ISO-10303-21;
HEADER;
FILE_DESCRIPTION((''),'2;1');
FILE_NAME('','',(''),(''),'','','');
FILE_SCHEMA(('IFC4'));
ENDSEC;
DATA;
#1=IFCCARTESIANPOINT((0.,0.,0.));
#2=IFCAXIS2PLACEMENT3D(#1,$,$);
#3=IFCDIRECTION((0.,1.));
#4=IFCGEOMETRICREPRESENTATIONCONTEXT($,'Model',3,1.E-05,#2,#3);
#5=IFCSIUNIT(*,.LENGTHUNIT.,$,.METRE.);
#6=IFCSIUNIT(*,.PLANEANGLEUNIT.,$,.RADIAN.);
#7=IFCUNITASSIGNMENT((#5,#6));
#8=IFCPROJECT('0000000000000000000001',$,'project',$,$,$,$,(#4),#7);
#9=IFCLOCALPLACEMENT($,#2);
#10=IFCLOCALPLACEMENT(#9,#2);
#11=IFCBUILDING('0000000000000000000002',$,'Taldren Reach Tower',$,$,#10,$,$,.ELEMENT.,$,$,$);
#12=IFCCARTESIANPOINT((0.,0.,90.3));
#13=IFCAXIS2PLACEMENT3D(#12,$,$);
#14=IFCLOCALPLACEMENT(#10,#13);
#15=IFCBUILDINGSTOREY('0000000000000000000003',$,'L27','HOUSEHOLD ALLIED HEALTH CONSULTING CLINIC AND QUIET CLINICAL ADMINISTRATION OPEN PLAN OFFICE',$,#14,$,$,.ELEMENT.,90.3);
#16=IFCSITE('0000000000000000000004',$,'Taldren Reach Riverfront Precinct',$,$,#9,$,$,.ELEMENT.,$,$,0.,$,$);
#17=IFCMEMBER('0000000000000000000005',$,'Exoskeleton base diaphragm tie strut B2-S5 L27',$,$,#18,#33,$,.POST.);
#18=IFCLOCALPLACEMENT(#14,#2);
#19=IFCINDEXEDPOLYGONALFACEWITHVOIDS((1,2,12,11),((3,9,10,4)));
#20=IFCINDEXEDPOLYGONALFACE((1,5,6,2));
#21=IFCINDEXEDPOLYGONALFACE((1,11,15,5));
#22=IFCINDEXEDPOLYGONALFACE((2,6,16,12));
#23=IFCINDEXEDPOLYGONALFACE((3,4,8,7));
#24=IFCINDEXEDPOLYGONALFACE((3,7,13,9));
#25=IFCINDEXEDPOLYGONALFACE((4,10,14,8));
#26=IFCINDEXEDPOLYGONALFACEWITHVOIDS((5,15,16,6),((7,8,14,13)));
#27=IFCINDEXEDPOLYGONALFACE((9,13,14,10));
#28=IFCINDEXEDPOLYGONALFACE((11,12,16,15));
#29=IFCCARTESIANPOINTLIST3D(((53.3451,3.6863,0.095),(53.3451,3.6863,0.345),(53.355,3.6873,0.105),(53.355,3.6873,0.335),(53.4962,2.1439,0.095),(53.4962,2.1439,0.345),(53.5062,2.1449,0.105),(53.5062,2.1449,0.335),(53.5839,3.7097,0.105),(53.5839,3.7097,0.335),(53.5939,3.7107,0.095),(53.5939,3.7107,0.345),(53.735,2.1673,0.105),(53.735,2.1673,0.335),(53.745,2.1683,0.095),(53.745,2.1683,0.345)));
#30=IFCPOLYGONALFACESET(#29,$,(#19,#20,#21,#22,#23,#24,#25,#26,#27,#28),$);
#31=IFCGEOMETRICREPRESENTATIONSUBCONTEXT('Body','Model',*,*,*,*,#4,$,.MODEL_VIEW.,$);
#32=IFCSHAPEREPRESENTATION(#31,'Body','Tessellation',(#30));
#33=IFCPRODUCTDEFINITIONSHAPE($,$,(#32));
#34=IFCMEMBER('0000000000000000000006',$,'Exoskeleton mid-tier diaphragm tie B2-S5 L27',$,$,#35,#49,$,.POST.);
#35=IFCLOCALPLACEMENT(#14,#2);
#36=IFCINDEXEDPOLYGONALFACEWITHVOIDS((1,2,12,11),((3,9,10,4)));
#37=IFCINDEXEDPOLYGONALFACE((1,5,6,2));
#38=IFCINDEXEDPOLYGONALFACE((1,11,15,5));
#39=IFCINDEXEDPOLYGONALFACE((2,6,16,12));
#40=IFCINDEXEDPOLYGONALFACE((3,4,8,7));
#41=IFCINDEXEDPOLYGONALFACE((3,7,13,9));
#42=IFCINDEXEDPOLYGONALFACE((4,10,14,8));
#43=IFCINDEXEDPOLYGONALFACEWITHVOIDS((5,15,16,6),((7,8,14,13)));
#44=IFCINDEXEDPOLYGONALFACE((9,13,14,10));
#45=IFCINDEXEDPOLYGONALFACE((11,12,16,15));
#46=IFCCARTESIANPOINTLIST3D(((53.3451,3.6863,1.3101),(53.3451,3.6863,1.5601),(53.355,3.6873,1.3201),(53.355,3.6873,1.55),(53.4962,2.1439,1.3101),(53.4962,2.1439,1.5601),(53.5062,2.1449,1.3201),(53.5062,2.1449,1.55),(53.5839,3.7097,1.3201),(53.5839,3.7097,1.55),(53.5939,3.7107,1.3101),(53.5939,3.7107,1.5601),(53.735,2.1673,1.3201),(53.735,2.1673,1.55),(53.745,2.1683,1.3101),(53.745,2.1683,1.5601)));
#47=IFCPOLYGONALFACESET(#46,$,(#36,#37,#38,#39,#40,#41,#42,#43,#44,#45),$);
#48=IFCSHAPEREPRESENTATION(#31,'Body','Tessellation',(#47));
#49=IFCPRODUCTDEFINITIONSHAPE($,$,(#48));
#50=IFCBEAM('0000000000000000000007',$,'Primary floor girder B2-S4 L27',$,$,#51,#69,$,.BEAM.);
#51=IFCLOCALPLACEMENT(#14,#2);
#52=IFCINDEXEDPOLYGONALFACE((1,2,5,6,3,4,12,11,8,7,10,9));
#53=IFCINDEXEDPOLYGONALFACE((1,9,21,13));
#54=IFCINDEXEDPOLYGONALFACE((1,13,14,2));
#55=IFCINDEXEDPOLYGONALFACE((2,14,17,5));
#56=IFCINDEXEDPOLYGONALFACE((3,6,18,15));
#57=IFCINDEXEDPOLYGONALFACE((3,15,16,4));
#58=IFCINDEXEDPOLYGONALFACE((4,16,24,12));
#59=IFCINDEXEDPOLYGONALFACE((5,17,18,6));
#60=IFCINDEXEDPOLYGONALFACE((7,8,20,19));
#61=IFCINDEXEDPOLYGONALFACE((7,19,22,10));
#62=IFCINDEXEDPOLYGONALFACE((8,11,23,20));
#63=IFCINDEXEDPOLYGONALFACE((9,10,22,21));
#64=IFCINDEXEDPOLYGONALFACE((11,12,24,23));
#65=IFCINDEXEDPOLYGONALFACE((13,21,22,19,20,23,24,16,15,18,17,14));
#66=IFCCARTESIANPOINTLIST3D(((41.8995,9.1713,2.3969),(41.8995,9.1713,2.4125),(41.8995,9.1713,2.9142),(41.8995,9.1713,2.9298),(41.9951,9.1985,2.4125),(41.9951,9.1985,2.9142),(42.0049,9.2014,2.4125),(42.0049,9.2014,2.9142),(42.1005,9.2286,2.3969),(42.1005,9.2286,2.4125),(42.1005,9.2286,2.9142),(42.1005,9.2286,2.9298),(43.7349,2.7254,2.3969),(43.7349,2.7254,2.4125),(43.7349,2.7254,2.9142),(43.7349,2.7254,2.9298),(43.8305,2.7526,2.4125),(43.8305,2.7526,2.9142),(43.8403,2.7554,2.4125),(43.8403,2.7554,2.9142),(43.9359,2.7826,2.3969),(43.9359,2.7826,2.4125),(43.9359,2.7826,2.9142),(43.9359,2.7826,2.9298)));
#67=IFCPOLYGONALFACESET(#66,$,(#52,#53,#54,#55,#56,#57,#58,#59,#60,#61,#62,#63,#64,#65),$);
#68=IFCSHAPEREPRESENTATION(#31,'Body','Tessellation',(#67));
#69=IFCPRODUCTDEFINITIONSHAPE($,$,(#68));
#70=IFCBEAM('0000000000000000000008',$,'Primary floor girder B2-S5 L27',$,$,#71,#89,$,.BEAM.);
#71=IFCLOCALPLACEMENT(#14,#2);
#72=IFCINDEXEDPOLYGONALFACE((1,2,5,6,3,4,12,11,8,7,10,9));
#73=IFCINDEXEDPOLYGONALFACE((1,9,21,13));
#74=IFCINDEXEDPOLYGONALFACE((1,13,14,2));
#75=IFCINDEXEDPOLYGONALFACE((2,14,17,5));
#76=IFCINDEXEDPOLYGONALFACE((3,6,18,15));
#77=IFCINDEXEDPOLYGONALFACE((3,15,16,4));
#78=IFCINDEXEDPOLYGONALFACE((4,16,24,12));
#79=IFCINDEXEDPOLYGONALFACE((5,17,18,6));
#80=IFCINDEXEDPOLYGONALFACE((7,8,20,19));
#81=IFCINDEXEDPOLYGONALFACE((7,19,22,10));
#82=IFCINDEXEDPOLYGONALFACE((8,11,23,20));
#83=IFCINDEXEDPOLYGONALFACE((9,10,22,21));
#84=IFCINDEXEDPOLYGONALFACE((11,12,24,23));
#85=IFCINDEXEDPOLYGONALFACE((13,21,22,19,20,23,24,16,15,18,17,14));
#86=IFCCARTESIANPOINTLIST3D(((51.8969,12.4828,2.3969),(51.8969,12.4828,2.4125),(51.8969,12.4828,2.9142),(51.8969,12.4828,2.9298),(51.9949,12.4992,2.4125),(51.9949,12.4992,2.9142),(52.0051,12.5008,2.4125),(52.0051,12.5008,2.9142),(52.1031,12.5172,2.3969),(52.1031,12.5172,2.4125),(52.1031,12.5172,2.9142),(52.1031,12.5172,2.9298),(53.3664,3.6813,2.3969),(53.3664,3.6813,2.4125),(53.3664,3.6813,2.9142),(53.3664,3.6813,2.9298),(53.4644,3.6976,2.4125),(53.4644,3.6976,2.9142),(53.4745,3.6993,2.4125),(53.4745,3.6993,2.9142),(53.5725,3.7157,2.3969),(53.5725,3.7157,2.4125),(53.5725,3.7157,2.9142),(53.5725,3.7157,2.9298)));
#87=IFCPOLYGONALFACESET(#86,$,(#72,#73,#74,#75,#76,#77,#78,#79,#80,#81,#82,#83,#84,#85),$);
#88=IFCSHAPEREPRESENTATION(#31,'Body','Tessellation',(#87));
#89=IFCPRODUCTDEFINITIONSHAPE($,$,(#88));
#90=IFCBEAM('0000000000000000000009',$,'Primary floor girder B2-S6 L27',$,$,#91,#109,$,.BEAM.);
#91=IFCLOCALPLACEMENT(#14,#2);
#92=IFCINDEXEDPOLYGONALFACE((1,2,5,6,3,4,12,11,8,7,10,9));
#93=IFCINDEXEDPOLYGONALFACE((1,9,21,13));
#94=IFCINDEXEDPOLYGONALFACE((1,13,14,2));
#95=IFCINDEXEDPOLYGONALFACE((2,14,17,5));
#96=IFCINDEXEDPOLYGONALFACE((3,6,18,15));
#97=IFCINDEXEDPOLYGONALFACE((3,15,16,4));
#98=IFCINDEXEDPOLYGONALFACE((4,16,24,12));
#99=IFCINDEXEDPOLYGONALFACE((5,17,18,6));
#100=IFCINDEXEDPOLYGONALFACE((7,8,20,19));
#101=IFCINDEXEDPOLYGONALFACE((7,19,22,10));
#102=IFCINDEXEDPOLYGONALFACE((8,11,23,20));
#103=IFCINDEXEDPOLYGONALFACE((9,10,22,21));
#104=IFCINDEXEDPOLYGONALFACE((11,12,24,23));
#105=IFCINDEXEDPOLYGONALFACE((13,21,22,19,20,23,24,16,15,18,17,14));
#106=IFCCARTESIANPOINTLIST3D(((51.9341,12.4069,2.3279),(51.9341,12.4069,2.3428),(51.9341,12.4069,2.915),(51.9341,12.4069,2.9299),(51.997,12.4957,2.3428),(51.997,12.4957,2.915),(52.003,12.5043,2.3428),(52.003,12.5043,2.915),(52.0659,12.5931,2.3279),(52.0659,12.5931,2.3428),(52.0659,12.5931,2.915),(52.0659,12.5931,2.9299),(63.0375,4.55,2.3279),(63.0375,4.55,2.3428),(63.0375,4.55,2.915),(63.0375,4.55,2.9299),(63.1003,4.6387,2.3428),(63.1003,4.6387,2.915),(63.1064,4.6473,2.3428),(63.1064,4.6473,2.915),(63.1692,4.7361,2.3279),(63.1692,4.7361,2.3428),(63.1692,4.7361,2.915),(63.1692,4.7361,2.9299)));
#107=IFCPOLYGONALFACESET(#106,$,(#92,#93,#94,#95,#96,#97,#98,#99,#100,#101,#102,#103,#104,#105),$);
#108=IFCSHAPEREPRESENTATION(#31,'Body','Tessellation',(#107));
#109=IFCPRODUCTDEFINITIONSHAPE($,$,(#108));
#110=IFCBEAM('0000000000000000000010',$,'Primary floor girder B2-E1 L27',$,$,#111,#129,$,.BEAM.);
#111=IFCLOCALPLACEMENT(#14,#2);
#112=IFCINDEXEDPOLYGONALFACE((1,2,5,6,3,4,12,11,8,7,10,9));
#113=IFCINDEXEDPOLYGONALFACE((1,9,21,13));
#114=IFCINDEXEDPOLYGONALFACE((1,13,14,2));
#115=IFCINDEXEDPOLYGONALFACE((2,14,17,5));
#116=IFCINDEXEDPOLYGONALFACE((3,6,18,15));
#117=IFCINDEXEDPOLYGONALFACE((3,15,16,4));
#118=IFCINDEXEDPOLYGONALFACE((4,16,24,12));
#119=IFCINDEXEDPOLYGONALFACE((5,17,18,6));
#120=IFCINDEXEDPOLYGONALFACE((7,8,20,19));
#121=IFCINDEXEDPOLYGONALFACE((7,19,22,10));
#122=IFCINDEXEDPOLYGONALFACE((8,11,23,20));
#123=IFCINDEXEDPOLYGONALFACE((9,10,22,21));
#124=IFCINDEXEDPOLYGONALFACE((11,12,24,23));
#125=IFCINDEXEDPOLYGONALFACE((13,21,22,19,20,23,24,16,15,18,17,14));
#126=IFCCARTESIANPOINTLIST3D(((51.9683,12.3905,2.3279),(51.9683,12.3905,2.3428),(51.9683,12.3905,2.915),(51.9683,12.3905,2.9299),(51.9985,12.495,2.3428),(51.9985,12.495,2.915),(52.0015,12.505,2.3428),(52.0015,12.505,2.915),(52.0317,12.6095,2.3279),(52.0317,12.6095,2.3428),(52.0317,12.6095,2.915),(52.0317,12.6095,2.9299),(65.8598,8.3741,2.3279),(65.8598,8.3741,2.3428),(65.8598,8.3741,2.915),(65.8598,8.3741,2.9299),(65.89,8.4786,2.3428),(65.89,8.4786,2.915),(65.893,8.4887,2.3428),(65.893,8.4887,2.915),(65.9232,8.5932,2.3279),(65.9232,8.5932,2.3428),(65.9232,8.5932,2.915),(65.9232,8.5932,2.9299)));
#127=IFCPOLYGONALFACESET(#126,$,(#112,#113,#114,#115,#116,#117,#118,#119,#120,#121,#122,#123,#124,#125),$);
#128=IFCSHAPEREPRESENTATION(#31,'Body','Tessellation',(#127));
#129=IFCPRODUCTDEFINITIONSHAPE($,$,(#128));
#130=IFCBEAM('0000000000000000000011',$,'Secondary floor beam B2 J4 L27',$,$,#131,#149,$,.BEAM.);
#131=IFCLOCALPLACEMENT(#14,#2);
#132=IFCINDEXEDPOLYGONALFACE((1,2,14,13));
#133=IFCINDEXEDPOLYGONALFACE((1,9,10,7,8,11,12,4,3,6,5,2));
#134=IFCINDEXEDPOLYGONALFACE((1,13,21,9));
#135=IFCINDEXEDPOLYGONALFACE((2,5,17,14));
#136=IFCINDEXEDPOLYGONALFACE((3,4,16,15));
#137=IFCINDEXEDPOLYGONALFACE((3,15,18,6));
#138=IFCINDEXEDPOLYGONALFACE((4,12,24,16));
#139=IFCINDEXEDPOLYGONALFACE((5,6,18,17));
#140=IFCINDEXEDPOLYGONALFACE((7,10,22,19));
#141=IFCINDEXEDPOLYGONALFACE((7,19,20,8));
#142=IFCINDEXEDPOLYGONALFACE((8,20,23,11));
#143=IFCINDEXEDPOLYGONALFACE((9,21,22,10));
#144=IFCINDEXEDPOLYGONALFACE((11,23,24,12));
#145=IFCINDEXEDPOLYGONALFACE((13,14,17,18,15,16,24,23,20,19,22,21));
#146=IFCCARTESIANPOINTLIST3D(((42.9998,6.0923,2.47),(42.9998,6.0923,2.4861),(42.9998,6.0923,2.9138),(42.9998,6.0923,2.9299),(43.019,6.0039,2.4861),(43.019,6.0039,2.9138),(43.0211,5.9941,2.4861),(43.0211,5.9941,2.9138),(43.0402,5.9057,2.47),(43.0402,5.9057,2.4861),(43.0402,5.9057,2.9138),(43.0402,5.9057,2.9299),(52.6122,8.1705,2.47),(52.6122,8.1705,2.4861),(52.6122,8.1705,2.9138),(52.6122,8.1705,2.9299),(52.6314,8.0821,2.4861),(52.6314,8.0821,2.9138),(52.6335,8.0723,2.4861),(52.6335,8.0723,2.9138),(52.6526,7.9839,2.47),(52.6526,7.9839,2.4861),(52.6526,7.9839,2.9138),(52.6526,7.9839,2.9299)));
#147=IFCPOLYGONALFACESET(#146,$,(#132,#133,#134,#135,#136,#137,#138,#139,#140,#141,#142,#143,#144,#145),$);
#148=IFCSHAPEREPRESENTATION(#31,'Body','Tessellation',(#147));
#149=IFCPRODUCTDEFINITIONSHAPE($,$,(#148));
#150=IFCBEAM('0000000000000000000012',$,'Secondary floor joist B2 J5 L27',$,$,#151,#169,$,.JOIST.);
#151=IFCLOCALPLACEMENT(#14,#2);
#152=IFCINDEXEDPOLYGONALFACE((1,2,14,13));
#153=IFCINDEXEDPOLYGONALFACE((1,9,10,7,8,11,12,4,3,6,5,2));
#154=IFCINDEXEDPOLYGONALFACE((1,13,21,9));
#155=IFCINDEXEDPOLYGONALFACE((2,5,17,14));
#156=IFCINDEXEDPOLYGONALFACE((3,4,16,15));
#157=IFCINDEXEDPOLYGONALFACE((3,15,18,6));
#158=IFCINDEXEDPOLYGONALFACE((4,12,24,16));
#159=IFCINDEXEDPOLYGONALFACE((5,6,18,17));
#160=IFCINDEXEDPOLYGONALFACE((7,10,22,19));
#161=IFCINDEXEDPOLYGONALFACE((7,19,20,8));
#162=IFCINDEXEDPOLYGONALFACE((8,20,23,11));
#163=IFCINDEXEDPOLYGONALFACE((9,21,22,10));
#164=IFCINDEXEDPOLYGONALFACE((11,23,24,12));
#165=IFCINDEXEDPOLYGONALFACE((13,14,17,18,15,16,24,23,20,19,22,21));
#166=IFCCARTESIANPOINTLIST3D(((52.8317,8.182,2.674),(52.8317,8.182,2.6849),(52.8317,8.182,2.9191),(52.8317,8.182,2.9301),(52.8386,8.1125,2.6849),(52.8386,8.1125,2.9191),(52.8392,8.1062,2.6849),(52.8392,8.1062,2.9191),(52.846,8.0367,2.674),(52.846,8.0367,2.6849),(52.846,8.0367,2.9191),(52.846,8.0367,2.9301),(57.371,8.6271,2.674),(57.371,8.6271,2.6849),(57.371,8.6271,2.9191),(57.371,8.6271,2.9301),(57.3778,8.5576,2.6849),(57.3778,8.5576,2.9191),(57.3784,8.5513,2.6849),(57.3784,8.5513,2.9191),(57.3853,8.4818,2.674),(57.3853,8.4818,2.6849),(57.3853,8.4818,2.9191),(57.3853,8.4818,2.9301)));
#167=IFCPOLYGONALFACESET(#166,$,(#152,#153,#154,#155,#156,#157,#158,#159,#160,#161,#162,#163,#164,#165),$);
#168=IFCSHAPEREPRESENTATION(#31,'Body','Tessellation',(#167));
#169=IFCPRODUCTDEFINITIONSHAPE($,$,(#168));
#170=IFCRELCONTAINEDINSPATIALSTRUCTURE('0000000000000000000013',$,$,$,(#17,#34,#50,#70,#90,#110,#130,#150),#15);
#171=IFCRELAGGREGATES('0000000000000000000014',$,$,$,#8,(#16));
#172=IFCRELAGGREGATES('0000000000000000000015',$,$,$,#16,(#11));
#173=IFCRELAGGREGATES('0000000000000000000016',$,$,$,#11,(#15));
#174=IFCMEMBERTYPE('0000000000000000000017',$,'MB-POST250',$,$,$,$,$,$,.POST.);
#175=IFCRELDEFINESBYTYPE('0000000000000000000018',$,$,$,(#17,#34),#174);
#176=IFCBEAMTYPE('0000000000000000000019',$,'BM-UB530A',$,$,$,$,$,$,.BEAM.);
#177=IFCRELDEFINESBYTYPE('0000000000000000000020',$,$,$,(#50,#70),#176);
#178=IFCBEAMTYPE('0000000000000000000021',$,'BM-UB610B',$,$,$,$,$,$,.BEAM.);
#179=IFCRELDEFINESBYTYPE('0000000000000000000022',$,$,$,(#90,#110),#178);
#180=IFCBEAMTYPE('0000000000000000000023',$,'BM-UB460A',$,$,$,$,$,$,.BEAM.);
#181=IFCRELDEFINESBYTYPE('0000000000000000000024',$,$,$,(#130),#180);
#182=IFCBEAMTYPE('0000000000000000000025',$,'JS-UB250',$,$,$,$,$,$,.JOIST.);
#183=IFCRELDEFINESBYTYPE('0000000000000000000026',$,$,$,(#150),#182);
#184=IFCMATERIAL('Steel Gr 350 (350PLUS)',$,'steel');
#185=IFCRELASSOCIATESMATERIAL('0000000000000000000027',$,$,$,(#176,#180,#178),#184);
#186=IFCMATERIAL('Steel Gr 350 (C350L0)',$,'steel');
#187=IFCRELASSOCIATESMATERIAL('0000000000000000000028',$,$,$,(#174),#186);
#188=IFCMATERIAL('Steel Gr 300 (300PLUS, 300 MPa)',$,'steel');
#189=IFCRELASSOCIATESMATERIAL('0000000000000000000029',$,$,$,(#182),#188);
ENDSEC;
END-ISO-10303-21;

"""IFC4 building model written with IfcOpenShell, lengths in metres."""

from ifc_helpers import new_model, si_unit, direction, frame, origin, origin_2d, place, context, subcontext, project, spatial, hollow_rectangle, i_section, extrude, source, transform, mapped, material, material_profile, profile_set, type_object, element, save


model = new_model("IFC4")

# Units and contexts
model_context = context("Model", 3, precision=1e-05, world=origin(), true_north=direction((0.0, 1.0)))
body_context = subcontext(model_context, "Body", "Model", "MODEL_VIEW")
ifc_project = project(units=[si_unit("LENGTHUNIT", "METRE"), si_unit("PLANEANGLEUNIT", "RADIAN")], contexts=[model_context])

# Site, building, storey
site_placement = place(None, origin())
site = spatial("IfcSite", under=ifc_project, at=site_placement, Name="Taldren Reach Riverfront Precinct", CompositionType="ELEMENT", RefElevation=0.0)
building_placement = place(site_placement, origin())
building = spatial("IfcBuilding", under=site, at=building_placement, Name="Taldren Reach Tower", CompositionType="ELEMENT")
storey_placement = place(building_placement, frame((0.0, 0.0, 90.3)))
storey = spatial("IfcBuildingStorey", under=building, at=storey_placement, Name="L27", Description="HOUSEHOLD ALLIED HEALTH CONSULTING CLINIC AND QUIET CLINICAL ADMINISTRATION OPEN PLAN OFFICE", CompositionType="ELEMENT", Elevation=90.3)

# Shared definitions
ifc_material_1 = material(Name="Steel Gr 350 (350PLUS)", Category="steel")

# Shared definitions
ifc_material_profile_1 = material_profile(ifc_material_1, i_section(OverallWidth=0.209, OverallDepth=0.533, WebThickness=0.0103, FlangeThickness=0.0156, at=origin_2d()), Name="530UB92.4")
ifc_profile_set_1 = profile_set([ifc_material_profile_1], Name="Steel Gr 350 (350PLUS)")
beam_type_1 = type_object("IfcBeamType", Name="BM-UB530A", PredefinedType="BEAM", material=ifc_profile_set_1)
ifc_material_profile_2 = material_profile(ifc_material_1, i_section(OverallWidth=0.1909, OverallDepth=0.46, WebThickness=0.01, FlangeThickness=0.0161, at=origin_2d()), Name="460UB82.1")
ifc_profile_set_2 = profile_set([ifc_material_profile_2], Name="Steel Gr 350 (350PLUS)")
beam_type_2 = type_object("IfcBeamType", Name="BM-UB460A", PredefinedType="BEAM", material=ifc_profile_set_2)
ifc_material_profile_3 = material_profile(ifc_material_1, i_section(OverallWidth=0.228, OverallDepth=0.6021, WebThickness=0.0105, FlangeThickness=0.0149, at=origin_2d()), Name="610UB101")
ifc_profile_set_3 = profile_set([ifc_material_profile_3], Name="Steel Gr 350 (350PLUS)")
beam_type_3 = type_object("IfcBeamType", Name="BM-UB610B", PredefinedType="BEAM", material=ifc_profile_set_3)

# Members
ifc_material_2 = material(Name="Steel Gr 350 (C350L0)", Category="steel")
ifc_material_profile_4 = material_profile(ifc_material_2, hollow_rectangle(XDim=0.25, YDim=0.25, WallThickness=0.01, at=origin_2d()), Name="250x250x10.0SHS")
ifc_profile_set_4 = profile_set([ifc_material_profile_4], Name="Steel Gr 350 (C350L0)")
member_type = type_object("IfcMemberType", Name="MB-POST250", PredefinedType="POST", material=ifc_profile_set_4)
shared_shape_1 = source(origin(), body_context, "Body", "SweptSolid", [
    extrude(hollow_rectangle(XDim=0.25, YDim=0.25, WallThickness=0.01, at=origin_2d()), origin(), (0.0, 0.0, 1.0), 1.5498),
])
for number, where, z_axis, x_axis, name in (
    (1, (53.4695, 3.6985, 0.22), (0.097507, -0.995235, 0.0), (0.995235, 0.097507, 0.0), "Exoskeleton base diaphragm tie strut B2-S5 L27"),
    (2, (53.4695, 3.6985, 1.4351), (0.097507, -0.995235, 0.0), (0.995235, 0.097507, 0.0), "Exoskeleton mid-tier diaphragm tie B2-S5 L27"),
):
    element("IfcMember", number, at=place(storey_placement, frame(where, z_axis=z_axis, x_axis=x_axis)), inside=storey, type_object=member_type, Name=name, PredefinedType="POST", context=body_context, shape_type="MappedRepresentation", body=[
        mapped(shared_shape_1, transform((0.0, 0.0, 0.0), scale=1.0)),
    ])

# Beams
shared_shape_2 = source(origin(), body_context, "Body", "SweptSolid", [
    extrude(i_section(OverallWidth=0.209, OverallDepth=0.533, WebThickness=0.0103, FlangeThickness=0.0156, at=origin_2d()), origin(), (0.0, 0.0, 1.0), 6.7021),
])
beam_1_placement = place(storey_placement, frame((42.0, 9.2, 2.6633), z_axis=(0.273855, -0.961771, 0.0), x_axis=(0.961771, 0.273855, 0.0)))
element("IfcBeam", 3, at=beam_1_placement, inside=storey, type_object=beam_type_1, Name="Primary floor girder B2-S4 L27", PredefinedType="BEAM", context=body_context, shape_type="MappedRepresentation", body=[
    mapped(shared_shape_2, transform((0.0, 0.0, 0.0), scale=1.0)),
])
shared_shape_3 = source(origin(), body_context, "Body", "SweptSolid", [
    extrude(i_section(OverallWidth=0.209, OverallDepth=0.533, WebThickness=0.0103, FlangeThickness=0.0156, at=origin_2d()), origin(), (0.0, 0.0, 1.0), 8.9233),
])
beam_2_placement = place(storey_placement, frame((52.0, 12.5, 2.6633), z_axis=(0.164678, -0.986347, 0.0), x_axis=(0.986347, 0.164678, 0.0)))
element("IfcBeam", 4, at=beam_2_placement, inside=storey, type_object=beam_type_1, Name="Primary floor girder B2-S5 L27", PredefinedType="BEAM", context=body_context, shape_type="MappedRepresentation", body=[
    mapped(shared_shape_3, transform((0.0, 0.0, 0.0), scale=1.0)),
])
shared_shape_4 = source(origin(), body_context, "Body", "SweptSolid", [
    extrude(i_section(OverallWidth=0.228, OverallDepth=0.6021, WebThickness=0.0105, FlangeThickness=0.0149, at=origin_2d()), origin(), (0.0, 0.0, 1.0), 13.6021),
])
beam_3_placement = place(storey_placement, frame((52.0, 12.5, 2.6289), z_axis=(0.816298, -0.577631, 0.0), x_axis=(0.577631, 0.816298, 0.0)))
element("IfcBeam", 5, at=beam_3_placement, inside=storey, type_object=beam_type_3, Name="Primary floor girder B2-S6 L27", PredefinedType="BEAM", context=body_context, shape_type="MappedRepresentation", body=[
    mapped(shared_shape_4, transform((0.0, 0.0, 0.0), scale=1.0)),
])
shared_shape_5 = source(origin(), body_context, "Body", "SweptSolid", [
    extrude(i_section(OverallWidth=0.228, OverallDepth=0.6021, WebThickness=0.0105, FlangeThickness=0.0149, at=origin_2d()), origin(), (0.0, 0.0, 1.0), 14.4604),
])
beam_4_placement = place(storey_placement, frame((52.0, 12.5, 2.6289), z_axis=(0.960655, -0.277746, 0.0), x_axis=(0.277746, 0.960655, 0.0)))
element("IfcBeam", 6, at=beam_4_placement, inside=storey, type_object=beam_type_3, Name="Primary floor girder B2-E1 L27", PredefinedType="BEAM", context=body_context, shape_type="MappedRepresentation", body=[
    mapped(shared_shape_5, transform((0.0, 0.0, 0.0), scale=1.0)),
])
shared_shape_6 = source(origin(), body_context, "Body", "SweptSolid", [
    extrude(i_section(OverallWidth=0.1909, OverallDepth=0.46, WebThickness=0.01, FlangeThickness=0.0161, at=origin_2d()), origin(), (0.0, 0.0, 1.0), 9.8345),
])
beam_5_placement = place(storey_placement, frame((43.02, 5.999, 2.7), z_axis=(0.977419, 0.211312, 0.0), x_axis=(-0.211312, 0.977419, 0.0)))
element("IfcBeam", 7, at=beam_5_placement, inside=storey, type_object=beam_type_2, Name="Secondary floor beam B2 J4 L27", PredefinedType="BEAM", context=body_context, shape_type="MappedRepresentation", body=[
    mapped(shared_shape_6, transform((0.0, 0.0, 0.0), scale=1.0)),
])
ifc_material_3 = material(Name="Steel Gr 300 (300PLUS, 300 MPa)", Category="steel")
ifc_material_profile_5 = material_profile(ifc_material_3, i_section(OverallWidth=0.146, OverallDepth=0.2561, WebThickness=0.0063, FlangeThickness=0.011, at=origin_2d()), Name="250UB37.3")
ifc_profile_set_5 = profile_set([ifc_material_profile_5], Name="Steel Gr 300 (300PLUS, 300 MPa)")
beam_type_4 = type_object("IfcBeamType", Name="JS-UB250", PredefinedType="JOIST", material=ifc_profile_set_5)
shared_shape_7 = source(origin(), body_context, "Body", "SweptSolid", [
    extrude(i_section(OverallWidth=0.146, OverallDepth=0.2561, WebThickness=0.0063, FlangeThickness=0.011, at=origin_2d()), origin(), (0.0, 0.0, 1.0), 4.561),
])
beam_6_placement = place(storey_placement, frame((52.8389, 8.1094, 2.802), z_axis=(0.995228, 0.09758, 0.0), x_axis=(-0.09758, 0.995228, 0.0)))
element("IfcBeam", 8, at=beam_6_placement, inside=storey, type_object=beam_type_4, Name="Secondary floor joist B2 J5 L27", PredefinedType="JOIST", context=body_context, shape_type="MappedRepresentation", body=[
    mapped(shared_shape_7, transform((0.0, 0.0, 0.0), scale=1.0)),
])

save(model, "model.ifc")
